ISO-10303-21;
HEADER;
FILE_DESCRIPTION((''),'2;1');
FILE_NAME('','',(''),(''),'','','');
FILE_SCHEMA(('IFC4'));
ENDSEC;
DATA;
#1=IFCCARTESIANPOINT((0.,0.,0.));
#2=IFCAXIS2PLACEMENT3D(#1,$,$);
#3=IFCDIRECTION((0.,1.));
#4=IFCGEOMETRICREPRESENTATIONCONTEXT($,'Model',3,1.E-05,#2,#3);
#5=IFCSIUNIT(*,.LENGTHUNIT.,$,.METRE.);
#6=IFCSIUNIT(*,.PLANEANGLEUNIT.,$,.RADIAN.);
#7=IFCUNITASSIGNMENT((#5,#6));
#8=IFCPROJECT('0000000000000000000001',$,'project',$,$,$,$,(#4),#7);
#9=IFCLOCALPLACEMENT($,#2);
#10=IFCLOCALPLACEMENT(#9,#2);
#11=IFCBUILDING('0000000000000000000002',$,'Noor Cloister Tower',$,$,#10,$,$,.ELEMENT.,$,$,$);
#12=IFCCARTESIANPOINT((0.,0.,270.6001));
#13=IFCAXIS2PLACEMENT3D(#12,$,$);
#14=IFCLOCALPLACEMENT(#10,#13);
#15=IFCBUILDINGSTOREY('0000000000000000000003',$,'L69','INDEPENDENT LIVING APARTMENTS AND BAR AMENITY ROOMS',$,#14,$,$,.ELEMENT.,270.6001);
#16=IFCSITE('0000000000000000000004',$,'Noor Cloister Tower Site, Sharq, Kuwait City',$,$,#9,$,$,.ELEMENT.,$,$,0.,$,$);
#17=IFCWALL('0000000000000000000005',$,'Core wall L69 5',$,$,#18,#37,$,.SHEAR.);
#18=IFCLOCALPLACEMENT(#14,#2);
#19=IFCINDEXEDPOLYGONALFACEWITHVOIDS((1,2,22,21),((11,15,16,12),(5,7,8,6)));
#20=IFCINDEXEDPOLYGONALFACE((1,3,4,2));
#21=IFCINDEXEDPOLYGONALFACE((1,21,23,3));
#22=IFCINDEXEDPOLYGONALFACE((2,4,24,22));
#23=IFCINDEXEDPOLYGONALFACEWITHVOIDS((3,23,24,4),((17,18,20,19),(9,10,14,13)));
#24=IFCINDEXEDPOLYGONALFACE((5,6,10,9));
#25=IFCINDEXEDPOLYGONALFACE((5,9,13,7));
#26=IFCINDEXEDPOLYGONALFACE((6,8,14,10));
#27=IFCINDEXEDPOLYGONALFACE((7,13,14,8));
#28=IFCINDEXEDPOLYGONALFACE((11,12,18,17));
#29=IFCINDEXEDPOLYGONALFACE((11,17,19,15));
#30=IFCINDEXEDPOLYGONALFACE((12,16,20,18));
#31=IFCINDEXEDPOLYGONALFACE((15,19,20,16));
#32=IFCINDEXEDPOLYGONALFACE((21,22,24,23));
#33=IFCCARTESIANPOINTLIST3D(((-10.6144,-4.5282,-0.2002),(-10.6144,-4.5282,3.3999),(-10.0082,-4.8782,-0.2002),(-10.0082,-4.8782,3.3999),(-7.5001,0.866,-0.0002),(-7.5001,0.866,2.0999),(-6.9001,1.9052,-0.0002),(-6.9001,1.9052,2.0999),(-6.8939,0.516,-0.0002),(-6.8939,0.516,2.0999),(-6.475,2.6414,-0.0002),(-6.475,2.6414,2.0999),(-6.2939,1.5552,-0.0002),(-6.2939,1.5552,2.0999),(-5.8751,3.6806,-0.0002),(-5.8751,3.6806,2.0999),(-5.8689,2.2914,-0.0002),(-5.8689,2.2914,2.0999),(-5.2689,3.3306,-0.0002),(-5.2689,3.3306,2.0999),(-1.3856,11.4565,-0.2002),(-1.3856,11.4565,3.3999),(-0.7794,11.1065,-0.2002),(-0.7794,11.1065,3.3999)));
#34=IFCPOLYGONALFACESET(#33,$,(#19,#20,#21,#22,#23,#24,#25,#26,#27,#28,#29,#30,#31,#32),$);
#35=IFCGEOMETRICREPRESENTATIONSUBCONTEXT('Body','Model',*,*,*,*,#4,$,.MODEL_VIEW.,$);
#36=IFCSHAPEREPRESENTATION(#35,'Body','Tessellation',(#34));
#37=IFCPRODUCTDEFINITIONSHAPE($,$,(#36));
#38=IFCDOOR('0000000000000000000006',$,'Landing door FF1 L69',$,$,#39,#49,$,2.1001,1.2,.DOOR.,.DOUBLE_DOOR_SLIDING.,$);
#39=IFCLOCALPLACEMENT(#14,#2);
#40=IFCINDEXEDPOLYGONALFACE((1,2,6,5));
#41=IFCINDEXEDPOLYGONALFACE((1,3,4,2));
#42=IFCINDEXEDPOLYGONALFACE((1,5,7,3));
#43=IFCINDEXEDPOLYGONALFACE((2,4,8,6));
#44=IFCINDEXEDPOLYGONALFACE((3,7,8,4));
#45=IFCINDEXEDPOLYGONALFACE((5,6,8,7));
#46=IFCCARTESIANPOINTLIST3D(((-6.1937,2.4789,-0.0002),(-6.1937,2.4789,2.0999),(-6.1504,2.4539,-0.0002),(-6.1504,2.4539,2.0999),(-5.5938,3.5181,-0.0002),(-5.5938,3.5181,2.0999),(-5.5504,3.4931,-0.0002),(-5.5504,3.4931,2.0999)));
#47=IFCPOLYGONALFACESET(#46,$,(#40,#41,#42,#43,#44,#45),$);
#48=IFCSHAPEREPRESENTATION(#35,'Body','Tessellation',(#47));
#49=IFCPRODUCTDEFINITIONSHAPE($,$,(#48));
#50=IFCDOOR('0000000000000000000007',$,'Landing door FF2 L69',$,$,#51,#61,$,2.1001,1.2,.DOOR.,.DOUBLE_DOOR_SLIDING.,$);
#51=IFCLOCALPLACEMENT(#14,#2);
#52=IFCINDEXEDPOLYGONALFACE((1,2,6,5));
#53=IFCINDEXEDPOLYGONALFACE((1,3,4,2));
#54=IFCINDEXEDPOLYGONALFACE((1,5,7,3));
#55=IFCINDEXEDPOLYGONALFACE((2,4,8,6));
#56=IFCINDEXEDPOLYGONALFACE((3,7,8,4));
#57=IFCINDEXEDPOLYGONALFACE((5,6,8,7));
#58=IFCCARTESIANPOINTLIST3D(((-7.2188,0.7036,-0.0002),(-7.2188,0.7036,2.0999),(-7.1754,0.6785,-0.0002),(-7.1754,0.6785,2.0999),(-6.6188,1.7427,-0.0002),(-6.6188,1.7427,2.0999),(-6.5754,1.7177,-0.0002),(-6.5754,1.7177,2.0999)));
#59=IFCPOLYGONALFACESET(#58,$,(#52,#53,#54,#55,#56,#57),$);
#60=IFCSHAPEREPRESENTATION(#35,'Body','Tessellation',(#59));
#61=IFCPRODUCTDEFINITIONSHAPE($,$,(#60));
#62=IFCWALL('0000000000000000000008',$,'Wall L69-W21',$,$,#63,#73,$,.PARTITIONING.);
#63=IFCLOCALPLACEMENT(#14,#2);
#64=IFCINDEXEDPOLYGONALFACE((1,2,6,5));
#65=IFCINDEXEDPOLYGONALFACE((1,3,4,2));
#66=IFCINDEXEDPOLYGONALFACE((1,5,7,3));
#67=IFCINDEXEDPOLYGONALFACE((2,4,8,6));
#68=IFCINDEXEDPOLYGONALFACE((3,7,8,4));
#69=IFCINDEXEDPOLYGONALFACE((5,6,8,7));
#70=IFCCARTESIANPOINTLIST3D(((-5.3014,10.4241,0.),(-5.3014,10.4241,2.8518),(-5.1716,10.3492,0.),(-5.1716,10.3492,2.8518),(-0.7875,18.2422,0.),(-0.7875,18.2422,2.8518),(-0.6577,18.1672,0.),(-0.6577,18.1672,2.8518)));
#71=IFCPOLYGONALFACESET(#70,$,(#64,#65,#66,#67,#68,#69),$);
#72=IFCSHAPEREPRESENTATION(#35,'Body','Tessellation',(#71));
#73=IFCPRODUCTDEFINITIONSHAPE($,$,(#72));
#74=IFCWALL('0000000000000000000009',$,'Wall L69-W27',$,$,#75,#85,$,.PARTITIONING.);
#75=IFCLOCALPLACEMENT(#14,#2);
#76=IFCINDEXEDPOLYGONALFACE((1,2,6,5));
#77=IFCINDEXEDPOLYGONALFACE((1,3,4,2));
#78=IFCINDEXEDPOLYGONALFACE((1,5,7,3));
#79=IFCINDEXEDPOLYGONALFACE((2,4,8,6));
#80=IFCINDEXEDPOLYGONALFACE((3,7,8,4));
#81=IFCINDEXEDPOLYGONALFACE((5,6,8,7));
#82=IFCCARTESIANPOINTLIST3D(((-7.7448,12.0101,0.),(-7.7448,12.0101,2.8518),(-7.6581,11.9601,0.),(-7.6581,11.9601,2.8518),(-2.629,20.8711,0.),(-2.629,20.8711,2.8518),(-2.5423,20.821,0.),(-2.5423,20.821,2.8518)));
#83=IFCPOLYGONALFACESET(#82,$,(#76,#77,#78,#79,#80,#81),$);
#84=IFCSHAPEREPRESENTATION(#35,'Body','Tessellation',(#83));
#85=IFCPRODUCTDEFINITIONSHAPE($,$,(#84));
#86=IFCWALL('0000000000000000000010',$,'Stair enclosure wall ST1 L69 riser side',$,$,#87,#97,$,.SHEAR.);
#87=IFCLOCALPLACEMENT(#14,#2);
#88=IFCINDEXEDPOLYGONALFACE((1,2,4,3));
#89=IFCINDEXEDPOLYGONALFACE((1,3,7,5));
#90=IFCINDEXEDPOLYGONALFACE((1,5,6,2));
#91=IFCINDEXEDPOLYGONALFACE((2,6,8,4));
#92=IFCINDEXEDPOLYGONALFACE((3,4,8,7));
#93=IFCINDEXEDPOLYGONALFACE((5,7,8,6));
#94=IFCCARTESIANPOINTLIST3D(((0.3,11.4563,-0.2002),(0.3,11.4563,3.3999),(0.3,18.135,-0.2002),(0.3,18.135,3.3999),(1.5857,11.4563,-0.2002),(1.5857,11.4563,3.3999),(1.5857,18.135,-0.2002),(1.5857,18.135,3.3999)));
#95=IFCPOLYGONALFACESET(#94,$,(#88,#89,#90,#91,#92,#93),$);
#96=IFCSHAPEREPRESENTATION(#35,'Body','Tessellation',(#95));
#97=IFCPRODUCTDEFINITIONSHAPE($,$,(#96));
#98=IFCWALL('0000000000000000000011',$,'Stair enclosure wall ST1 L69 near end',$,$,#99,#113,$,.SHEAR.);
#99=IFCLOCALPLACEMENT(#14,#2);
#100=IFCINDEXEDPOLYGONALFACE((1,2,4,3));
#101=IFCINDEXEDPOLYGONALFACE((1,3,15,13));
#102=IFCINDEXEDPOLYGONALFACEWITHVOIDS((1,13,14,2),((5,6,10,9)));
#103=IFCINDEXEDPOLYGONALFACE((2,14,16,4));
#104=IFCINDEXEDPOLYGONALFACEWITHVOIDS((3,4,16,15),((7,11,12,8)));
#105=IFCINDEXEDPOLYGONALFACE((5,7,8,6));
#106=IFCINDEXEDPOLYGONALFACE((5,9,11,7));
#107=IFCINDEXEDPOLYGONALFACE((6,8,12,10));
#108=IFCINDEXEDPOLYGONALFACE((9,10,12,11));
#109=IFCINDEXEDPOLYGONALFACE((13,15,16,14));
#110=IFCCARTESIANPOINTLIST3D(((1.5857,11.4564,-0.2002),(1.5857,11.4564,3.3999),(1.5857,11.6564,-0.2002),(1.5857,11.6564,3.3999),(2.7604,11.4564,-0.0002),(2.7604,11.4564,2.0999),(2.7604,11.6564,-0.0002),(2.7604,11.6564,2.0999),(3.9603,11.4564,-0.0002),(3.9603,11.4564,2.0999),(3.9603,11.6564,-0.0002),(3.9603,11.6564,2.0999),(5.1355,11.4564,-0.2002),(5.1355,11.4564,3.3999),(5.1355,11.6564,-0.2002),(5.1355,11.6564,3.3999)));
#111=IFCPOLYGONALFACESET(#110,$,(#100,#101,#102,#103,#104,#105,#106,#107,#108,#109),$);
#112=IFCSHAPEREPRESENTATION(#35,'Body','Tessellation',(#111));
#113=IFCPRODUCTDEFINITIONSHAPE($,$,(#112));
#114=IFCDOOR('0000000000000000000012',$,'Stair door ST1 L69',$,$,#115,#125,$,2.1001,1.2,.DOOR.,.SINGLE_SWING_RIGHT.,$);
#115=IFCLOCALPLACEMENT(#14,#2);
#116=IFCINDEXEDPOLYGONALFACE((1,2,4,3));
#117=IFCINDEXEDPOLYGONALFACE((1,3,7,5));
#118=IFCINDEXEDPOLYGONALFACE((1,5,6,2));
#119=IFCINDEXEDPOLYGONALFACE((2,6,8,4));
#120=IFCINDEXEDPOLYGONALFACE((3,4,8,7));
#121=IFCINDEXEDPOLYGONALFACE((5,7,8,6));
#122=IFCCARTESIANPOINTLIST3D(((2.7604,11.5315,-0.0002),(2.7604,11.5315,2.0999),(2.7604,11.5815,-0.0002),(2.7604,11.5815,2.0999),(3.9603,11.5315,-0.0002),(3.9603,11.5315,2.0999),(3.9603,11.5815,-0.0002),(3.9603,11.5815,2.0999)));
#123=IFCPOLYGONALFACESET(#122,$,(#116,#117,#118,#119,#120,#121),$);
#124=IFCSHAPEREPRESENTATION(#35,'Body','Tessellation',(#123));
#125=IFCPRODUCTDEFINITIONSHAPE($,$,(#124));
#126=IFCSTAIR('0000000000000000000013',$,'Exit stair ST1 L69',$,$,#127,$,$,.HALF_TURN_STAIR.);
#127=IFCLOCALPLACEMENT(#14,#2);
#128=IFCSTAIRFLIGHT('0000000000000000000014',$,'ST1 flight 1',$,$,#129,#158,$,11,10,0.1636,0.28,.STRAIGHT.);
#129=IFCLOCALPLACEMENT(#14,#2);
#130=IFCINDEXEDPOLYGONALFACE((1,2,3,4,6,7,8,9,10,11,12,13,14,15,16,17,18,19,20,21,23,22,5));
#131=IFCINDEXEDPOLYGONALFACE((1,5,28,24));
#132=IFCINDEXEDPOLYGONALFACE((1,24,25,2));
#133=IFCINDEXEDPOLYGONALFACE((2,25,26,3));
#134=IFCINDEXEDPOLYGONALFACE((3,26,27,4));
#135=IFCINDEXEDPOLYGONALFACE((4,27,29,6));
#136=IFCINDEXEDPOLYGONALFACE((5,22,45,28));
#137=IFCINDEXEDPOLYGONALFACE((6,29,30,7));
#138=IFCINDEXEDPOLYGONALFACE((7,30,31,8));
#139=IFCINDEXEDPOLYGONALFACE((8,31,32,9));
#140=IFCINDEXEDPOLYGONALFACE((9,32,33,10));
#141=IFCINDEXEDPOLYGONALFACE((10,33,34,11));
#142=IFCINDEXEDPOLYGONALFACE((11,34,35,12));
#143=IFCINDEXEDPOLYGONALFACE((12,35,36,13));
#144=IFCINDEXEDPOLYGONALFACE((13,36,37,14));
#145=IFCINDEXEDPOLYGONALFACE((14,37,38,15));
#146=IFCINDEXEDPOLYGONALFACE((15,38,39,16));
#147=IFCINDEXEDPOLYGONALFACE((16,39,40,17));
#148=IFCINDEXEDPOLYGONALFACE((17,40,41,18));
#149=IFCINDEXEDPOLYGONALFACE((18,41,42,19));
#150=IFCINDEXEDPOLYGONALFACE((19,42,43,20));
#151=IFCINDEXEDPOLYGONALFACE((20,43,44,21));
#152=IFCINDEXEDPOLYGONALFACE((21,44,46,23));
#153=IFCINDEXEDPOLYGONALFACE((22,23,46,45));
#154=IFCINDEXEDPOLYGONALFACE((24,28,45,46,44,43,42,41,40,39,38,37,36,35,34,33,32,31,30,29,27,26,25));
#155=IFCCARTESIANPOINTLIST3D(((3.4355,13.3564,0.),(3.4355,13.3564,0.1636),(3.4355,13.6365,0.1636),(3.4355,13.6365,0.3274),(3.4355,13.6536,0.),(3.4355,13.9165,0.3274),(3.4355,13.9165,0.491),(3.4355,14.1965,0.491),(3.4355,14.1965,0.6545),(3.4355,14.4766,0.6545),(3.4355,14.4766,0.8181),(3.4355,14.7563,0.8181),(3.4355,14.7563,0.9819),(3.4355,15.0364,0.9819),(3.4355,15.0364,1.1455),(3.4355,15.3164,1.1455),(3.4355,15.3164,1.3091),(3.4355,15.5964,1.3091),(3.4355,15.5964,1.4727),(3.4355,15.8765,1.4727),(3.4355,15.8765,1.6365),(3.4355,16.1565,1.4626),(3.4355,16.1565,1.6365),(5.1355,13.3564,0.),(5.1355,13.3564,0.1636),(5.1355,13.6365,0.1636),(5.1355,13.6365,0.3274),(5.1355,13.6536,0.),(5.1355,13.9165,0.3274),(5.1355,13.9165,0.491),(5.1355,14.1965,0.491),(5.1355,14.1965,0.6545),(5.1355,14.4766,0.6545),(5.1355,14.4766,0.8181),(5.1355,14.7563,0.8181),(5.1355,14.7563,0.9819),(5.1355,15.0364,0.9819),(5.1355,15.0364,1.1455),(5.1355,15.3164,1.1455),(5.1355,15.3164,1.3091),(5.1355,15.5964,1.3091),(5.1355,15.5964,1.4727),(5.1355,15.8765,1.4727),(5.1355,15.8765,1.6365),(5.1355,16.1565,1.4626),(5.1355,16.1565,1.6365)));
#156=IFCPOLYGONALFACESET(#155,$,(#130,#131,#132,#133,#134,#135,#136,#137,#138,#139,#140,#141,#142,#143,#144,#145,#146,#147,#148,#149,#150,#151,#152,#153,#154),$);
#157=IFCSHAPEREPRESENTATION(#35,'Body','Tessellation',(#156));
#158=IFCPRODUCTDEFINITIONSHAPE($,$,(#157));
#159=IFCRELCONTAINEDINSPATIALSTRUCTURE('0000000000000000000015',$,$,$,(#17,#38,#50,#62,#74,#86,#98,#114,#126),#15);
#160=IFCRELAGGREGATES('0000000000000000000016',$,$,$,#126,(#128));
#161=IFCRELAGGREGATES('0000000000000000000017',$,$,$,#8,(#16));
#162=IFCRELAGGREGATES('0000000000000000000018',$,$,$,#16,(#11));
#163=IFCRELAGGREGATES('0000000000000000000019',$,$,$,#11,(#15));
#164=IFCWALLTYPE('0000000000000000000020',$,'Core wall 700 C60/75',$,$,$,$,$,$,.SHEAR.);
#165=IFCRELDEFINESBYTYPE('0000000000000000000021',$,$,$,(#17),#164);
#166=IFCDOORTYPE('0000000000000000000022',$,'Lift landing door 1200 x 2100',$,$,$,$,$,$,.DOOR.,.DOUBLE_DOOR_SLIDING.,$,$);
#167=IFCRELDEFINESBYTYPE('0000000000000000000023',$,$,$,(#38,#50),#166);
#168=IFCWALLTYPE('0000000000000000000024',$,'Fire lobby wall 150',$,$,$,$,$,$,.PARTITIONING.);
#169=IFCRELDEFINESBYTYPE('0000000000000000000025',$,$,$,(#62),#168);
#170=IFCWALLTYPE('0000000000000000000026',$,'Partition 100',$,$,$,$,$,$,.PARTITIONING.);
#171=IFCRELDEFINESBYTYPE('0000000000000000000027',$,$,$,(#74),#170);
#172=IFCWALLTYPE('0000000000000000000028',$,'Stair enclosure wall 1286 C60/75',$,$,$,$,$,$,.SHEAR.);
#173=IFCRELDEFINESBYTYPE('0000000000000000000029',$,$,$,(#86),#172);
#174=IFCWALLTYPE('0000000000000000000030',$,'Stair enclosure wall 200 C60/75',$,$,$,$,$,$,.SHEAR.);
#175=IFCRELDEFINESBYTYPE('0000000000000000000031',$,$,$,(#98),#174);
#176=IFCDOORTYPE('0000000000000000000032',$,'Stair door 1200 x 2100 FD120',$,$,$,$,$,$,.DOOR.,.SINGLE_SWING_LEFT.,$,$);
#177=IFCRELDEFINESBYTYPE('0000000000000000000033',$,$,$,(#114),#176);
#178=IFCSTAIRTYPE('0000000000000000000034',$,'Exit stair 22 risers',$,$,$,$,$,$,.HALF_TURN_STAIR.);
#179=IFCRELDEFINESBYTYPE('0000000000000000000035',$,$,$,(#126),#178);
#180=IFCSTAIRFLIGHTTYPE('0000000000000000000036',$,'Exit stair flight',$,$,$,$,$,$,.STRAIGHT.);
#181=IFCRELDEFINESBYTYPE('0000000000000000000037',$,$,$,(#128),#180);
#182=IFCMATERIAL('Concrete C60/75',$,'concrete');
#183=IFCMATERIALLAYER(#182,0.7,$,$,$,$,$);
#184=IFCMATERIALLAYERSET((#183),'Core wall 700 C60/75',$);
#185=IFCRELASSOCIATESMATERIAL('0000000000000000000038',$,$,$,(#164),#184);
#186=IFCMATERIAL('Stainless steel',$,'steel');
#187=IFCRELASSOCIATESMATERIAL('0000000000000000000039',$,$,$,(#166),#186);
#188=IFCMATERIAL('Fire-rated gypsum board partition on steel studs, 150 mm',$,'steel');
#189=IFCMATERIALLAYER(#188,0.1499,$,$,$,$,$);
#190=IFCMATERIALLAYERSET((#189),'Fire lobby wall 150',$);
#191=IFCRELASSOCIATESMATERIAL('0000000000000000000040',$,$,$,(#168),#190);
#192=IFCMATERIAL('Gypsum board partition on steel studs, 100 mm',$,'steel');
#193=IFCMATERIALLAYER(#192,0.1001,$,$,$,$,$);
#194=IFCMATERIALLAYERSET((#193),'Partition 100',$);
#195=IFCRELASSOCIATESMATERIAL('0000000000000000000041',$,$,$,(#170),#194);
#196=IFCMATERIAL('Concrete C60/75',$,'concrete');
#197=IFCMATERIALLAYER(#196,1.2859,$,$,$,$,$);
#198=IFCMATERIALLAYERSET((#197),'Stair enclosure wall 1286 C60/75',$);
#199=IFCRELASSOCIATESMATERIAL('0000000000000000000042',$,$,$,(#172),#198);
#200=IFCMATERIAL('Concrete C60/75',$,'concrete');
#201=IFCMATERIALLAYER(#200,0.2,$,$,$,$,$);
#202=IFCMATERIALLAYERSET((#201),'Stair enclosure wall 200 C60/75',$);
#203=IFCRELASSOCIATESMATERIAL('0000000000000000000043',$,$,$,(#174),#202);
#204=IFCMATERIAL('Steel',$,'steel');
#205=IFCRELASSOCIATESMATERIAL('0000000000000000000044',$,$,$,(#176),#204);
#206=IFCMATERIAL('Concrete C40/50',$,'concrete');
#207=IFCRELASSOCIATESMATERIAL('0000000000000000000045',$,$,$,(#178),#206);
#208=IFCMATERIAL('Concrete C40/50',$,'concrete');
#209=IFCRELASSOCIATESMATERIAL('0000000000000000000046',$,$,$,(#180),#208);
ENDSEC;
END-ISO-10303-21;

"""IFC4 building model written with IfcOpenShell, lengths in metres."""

from ifc_helpers import new_model, si_unit, direction, frame, frame_2d, origin, place, context, subcontext, project, spatial, polyline, rectangle, outline, extrude, material, layer, layer_set, type_object, element, fill, aggregate, save


model = new_model("IFC4")

# Units and contexts
model_context = context("Model", 3, precision=1e-05, world=origin(), true_north=direction((0.0, 1.0)))
body_context = subcontext(model_context, "Body", "Model", "MODEL_VIEW")
ifc_project = project(units=[si_unit("LENGTHUNIT", "METRE"), si_unit("PLANEANGLEUNIT", "RADIAN")], contexts=[model_context])

# Site, building, storey
site_placement = place(None, origin())
site = spatial("IfcSite", under=ifc_project, at=site_placement, Name="Noor Cloister Tower Site, Sharq, Kuwait City", CompositionType="ELEMENT", RefElevation=0.0)
building_placement = place(site_placement, origin())
building = spatial("IfcBuilding", under=site, at=building_placement, Name="Noor Cloister Tower", CompositionType="ELEMENT")
storey_placement = place(building_placement, frame((0.0, 0.0, 270.6001)))
storey = spatial("IfcBuildingStorey", under=building, at=storey_placement, Name="L69", Description="INDEPENDENT LIVING APARTMENTS AND BAR AMENITY ROOMS", CompositionType="ELEMENT", Elevation=270.6001)

# Wall, openings, doors
ifc_material_1 = material(Name="Concrete C60/75", Category="concrete")
ifc_layer_1 = layer(ifc_material_1, 0.7)
ifc_layer_set_1 = layer_set([ifc_layer_1], Name="Core wall 700 C60/75")
wall_type_1 = type_object("IfcWallType", Name="Core wall 700 C60/75", PredefinedType="SHEAR", material=ifc_layer_set_1)
wall_1_placement = place(storey_placement, frame((-1.0825, 11.2815, -0.2002), z_axis=(0.0, 0.0, 1.0), x_axis=(-0.500001, -0.866025, 0.0)))
wall_1 = element("IfcWall", 1, at=wall_1_placement, inside=storey, type_object=wall_type_1, Name="Core wall L69 5", PredefinedType="SHEAR", context=body_context, shape_type="SweptSolid", body=[
    extrude(rectangle(XDim=18.4575, YDim=0.7, at=frame_2d((9.2288, 0.0))), origin(), (0.0, 0.0, 1.0), 3.6001),
])
opening_1_placement = place(wall_1_placement, frame((8.9788, 0.0, 0.2)))
opening_1 = element("IfcOpeningElement", 2, at=opening_1_placement, cuts=wall_1, PredefinedType="OPENING", context=body_context, shape_type="SweptSolid", body=[
    extrude(rectangle(XDim=1.2, YDim=2.1001, at=frame_2d((0.6001, 1.05))), frame((0.0, 0.3599, 0.0), z_axis=(0.0, -1.0, 0.0), x_axis=(1.0, 0.0, 0.0)), (0.0, 0.0, 1.0), 0.72),
])
opening_2_placement = place(wall_1_placement, frame((11.0288, 0.0, 0.2)))
opening_2 = element("IfcOpeningElement", 3, at=opening_2_placement, cuts=wall_1, PredefinedType="OPENING", context=body_context, shape_type="SweptSolid", body=[
    extrude(rectangle(XDim=1.2, YDim=2.1001, at=frame_2d((0.6001, 1.05))), frame((0.0, 0.3599, 0.0), z_axis=(0.0, -1.0, 0.0), x_axis=(1.0, 0.0, 0.0)), (0.0, 0.0, 1.0), 0.72),
])
ifc_material_2 = material(Name="Stainless steel", Category="steel")
door_type_1 = type_object("IfcDoorType", Name="Lift landing door 1200 x 2100", OperationType="DOUBLE_DOOR_SLIDING", PredefinedType="DOOR", material=ifc_material_2)
door_1_placement = place(opening_1_placement, origin())
door_1 = element("IfcDoor", 4, at=door_1_placement, inside=storey, type_object=door_type_1, Name="Landing door FF1 L69", OperationType="DOUBLE_DOOR_SLIDING", OverallHeight=2.1001, OverallWidth=1.2, PredefinedType="DOOR", context=body_context, shape_type="SweptSolid", body=[
    extrude(rectangle(XDim=1.2, YDim=2.1001, at=frame_2d((0.6001, 1.05))), frame((0.0, 0.0249, 0.0), z_axis=(0.0, -1.0, 0.0), x_axis=(1.0, 0.0, 0.0)), (0.0, 0.0, 1.0), 0.05),
])
fill(opening_1, door_1)
door_2_placement = place(opening_2_placement, origin())
door_2 = element("IfcDoor", 5, at=door_2_placement, inside=storey, type_object=door_type_1, Name="Landing door FF2 L69", OperationType="DOUBLE_DOOR_SLIDING", OverallHeight=2.1001, OverallWidth=1.2, PredefinedType="DOOR", context=body_context, shape_type="SweptSolid", body=[
    extrude(rectangle(XDim=1.2, YDim=2.1001, at=frame_2d((0.6001, 1.05))), frame((0.0, 0.0249, 0.0), z_axis=(0.0, -1.0, 0.0), x_axis=(1.0, 0.0, 0.0)), (0.0, 0.0, 1.0), 0.05),
])
fill(opening_2, door_2)

# Walls
ifc_material_3 = material(Name="Fire-rated gypsum board partition on steel studs, 150 mm", Category="steel")
ifc_layer_2 = layer(ifc_material_3, 0.1499)
ifc_layer_set_2 = layer_set([ifc_layer_2], Name="Fire lobby wall 150")
wall_type_2 = type_object("IfcWallType", Name="Fire lobby wall 150", PredefinedType="PARTITIONING", material=ifc_layer_set_2)
wall_2_placement = place(storey_placement, frame((-0.7227, 18.2046, 0.0), z_axis=(0.0, 0.0, 1.0), x_axis=(-0.50001, -0.866019, 0.0)))
element("IfcWall", 6, at=wall_2_placement, inside=storey, type_object=wall_type_2, Name="Wall L69-W21", PredefinedType="PARTITIONING", context=body_context, shape_type="SweptSolid", body=[
    extrude(rectangle(XDim=9.0276, YDim=0.1499, at=frame_2d((4.5137, 0.0))), origin(), (0.0, 0.0, 1.0), 2.8518),
])
ifc_material_4 = material(Name="Gypsum board partition on steel studs, 100 mm", Category="steel")
ifc_layer_3 = layer(ifc_material_4, 0.1001)
ifc_layer_set_3 = layer_set([ifc_layer_3], Name="Partition 100")
wall_type_3 = type_object("IfcWallType", Name="Partition 100", PredefinedType="PARTITIONING", material=ifc_layer_set_3)
wall_3_placement = place(storey_placement, frame((-2.5857, 20.8459, 0.0), z_axis=(0.0, 0.0, 1.0), x_axis=(-0.499994, -0.866029, 0.0)))
element("IfcWall", 7, at=wall_3_placement, inside=storey, type_object=wall_type_3, Name="Wall L69-W27", PredefinedType="PARTITIONING", context=body_context, shape_type="SweptSolid", body=[
    extrude(rectangle(XDim=10.2317, YDim=0.1001, at=frame_2d((5.1157, 0.0))), origin(), (0.0, 0.0, 1.0), 2.8518),
])
ifc_material_5 = material(Name="Concrete C60/75", Category="concrete")
ifc_layer_4 = layer(ifc_material_5, 1.2859)
ifc_layer_set_4 = layer_set([ifc_layer_4], Name="Stair enclosure wall 1286 C60/75")
wall_type_4 = type_object("IfcWallType", Name="Stair enclosure wall 1286 C60/75", PredefinedType="SHEAR", material=ifc_layer_set_4)
wall_4_placement = place(storey_placement, frame((0.9429, 11.4563, -0.2002), z_axis=(0.0, 0.0, 1.0), x_axis=(0.0, 1.0, 0.0)))
element("IfcWall", 8, at=wall_4_placement, inside=storey, type_object=wall_type_4, Name="Stair enclosure wall ST1 L69 riser side", PredefinedType="SHEAR", context=body_context, shape_type="SweptSolid", body=[
    extrude(rectangle(XDim=6.6787, YDim=1.2856, at=frame_2d((3.3394, 0.0))), origin(), (0.0, 0.0, 1.0), 3.6001),
])

# Wall, opening, door
ifc_material_6 = material(Name="Concrete C60/75", Category="concrete")
ifc_layer_5 = layer(ifc_material_6, 0.2)
ifc_layer_set_5 = layer_set([ifc_layer_5], Name="Stair enclosure wall 200 C60/75")
wall_type_5 = type_object("IfcWallType", Name="Stair enclosure wall 200 C60/75", PredefinedType="SHEAR", material=ifc_layer_set_5)
wall_5_placement = place(storey_placement, frame((5.1355, 11.5564, -0.2002), z_axis=(0.0, 0.0, 1.0), x_axis=(-1.0, 0.0, 0.0)))
wall_5 = element("IfcWall", 9, at=wall_5_placement, inside=storey, type_object=wall_type_5, Name="Stair enclosure wall ST1 L69 near end", PredefinedType="SHEAR", context=body_context, shape_type="SweptSolid", body=[
    extrude(rectangle(XDim=3.5498, YDim=0.2, at=frame_2d((1.7749, 0.0))), origin(), (0.0, 0.0, 1.0), 3.6001),
])
opening_3_placement = place(wall_5_placement, frame((1.175, 0.0, 0.2)))
opening_3 = element("IfcOpeningElement", 10, at=opening_3_placement, cuts=wall_5, PredefinedType="OPENING", context=body_context, shape_type="SweptSolid", body=[
    extrude(rectangle(XDim=1.2, YDim=2.1001, at=frame_2d((0.6001, 1.05))), frame((0.0, 0.1099, 0.0), z_axis=(0.0, -1.0, 0.0), x_axis=(1.0, 0.0, 0.0)), (0.0, 0.0, 1.0), 0.22),
])
ifc_material_7 = material(Name="Steel", Category="steel")
door_type_2 = type_object("IfcDoorType", Name="Stair door 1200 x 2100 FD120", OperationType="SINGLE_SWING_LEFT", PredefinedType="DOOR", material=ifc_material_7)
door_3_placement = place(opening_3_placement, origin())
door_3 = element("IfcDoor", 11, at=door_3_placement, inside=storey, type_object=door_type_2, Name="Stair door ST1 L69", OperationType="SINGLE_SWING_RIGHT", OverallHeight=2.1001, OverallWidth=1.2, PredefinedType="DOOR", context=body_context, shape_type="SweptSolid", body=[
    extrude(rectangle(XDim=1.2, YDim=2.1001, at=frame_2d((0.6001, 1.05))), frame((0.0, 0.0249, 0.0), z_axis=(0.0, -1.0, 0.0), x_axis=(1.0, 0.0, 0.0)), (0.0, 0.0, 1.0), 0.05),
])
fill(opening_3, door_3)

# Stair, stair flight
ifc_material_8 = material(Name="Concrete C40/50", Category="concrete")
stair_type = type_object("IfcStairType", Name="Exit stair 22 risers", PredefinedType="HALF_TURN_STAIR", material=ifc_material_8)
stair_placement = place(storey_placement, origin())
stair = element("IfcStair", 12, at=stair_placement, inside=storey, type_object=stair_type, Name="Exit stair ST1 L69", PredefinedType="HALF_TURN_STAIR")
ifc_material_9 = material(Name="Concrete C40/50", Category="concrete")
stair_flight_type = type_object("IfcStairFlightType", Name="Exit stair flight", PredefinedType="STRAIGHT", material=ifc_material_9)
stair_flight_1_placement = place(storey_placement, frame((4.2856, 13.3564, 0.0), z_axis=(0.0, 0.0, 1.0), x_axis=(0.0, 1.0, 0.0)))
stair_flight_1 = element("IfcStairFlight", 13, at=stair_flight_1_placement, type_object=stair_flight_type, Name="ST1 flight 1", NumberOfRisers=11, NumberOfTreads=10, PredefinedType="STRAIGHT", RiserHeight=0.1636, TreadLength=0.28, context=body_context, shape_type="SweptSolid", body=[
    extrude(outline(polyline([(0.0, 0.0), (0.0, 0.1636), (0.28, 0.1636), (0.28, 0.3274), (0.5601, 0.3274), (0.5601, 0.491), (0.8401, 0.491), (0.8401, 0.6545), (1.1201, 0.6545), (1.1201, 0.8181), (1.3999, 0.8181), (1.3999, 0.9819), (1.6799, 0.9819), (1.6799, 1.1455), (1.96, 1.1455), (1.96, 1.3091), (2.24, 1.3091), (2.24, 1.4727), (2.52, 1.4727), (2.52, 1.6365), (2.8, 1.6365), (2.8, 1.8), (2.8, 1.4626), (0.2971, 0.0), (0.0, 0.0)])), frame((0.0, 0.8501, 0.0), z_axis=(0.0, -1.0, 0.0), x_axis=(1.0, 0.0, 0.0)), (0.0, 0.0, 1.0), 1.7),
])
aggregate(stair, [stair_flight_1])

save(model, "model.ifc")
